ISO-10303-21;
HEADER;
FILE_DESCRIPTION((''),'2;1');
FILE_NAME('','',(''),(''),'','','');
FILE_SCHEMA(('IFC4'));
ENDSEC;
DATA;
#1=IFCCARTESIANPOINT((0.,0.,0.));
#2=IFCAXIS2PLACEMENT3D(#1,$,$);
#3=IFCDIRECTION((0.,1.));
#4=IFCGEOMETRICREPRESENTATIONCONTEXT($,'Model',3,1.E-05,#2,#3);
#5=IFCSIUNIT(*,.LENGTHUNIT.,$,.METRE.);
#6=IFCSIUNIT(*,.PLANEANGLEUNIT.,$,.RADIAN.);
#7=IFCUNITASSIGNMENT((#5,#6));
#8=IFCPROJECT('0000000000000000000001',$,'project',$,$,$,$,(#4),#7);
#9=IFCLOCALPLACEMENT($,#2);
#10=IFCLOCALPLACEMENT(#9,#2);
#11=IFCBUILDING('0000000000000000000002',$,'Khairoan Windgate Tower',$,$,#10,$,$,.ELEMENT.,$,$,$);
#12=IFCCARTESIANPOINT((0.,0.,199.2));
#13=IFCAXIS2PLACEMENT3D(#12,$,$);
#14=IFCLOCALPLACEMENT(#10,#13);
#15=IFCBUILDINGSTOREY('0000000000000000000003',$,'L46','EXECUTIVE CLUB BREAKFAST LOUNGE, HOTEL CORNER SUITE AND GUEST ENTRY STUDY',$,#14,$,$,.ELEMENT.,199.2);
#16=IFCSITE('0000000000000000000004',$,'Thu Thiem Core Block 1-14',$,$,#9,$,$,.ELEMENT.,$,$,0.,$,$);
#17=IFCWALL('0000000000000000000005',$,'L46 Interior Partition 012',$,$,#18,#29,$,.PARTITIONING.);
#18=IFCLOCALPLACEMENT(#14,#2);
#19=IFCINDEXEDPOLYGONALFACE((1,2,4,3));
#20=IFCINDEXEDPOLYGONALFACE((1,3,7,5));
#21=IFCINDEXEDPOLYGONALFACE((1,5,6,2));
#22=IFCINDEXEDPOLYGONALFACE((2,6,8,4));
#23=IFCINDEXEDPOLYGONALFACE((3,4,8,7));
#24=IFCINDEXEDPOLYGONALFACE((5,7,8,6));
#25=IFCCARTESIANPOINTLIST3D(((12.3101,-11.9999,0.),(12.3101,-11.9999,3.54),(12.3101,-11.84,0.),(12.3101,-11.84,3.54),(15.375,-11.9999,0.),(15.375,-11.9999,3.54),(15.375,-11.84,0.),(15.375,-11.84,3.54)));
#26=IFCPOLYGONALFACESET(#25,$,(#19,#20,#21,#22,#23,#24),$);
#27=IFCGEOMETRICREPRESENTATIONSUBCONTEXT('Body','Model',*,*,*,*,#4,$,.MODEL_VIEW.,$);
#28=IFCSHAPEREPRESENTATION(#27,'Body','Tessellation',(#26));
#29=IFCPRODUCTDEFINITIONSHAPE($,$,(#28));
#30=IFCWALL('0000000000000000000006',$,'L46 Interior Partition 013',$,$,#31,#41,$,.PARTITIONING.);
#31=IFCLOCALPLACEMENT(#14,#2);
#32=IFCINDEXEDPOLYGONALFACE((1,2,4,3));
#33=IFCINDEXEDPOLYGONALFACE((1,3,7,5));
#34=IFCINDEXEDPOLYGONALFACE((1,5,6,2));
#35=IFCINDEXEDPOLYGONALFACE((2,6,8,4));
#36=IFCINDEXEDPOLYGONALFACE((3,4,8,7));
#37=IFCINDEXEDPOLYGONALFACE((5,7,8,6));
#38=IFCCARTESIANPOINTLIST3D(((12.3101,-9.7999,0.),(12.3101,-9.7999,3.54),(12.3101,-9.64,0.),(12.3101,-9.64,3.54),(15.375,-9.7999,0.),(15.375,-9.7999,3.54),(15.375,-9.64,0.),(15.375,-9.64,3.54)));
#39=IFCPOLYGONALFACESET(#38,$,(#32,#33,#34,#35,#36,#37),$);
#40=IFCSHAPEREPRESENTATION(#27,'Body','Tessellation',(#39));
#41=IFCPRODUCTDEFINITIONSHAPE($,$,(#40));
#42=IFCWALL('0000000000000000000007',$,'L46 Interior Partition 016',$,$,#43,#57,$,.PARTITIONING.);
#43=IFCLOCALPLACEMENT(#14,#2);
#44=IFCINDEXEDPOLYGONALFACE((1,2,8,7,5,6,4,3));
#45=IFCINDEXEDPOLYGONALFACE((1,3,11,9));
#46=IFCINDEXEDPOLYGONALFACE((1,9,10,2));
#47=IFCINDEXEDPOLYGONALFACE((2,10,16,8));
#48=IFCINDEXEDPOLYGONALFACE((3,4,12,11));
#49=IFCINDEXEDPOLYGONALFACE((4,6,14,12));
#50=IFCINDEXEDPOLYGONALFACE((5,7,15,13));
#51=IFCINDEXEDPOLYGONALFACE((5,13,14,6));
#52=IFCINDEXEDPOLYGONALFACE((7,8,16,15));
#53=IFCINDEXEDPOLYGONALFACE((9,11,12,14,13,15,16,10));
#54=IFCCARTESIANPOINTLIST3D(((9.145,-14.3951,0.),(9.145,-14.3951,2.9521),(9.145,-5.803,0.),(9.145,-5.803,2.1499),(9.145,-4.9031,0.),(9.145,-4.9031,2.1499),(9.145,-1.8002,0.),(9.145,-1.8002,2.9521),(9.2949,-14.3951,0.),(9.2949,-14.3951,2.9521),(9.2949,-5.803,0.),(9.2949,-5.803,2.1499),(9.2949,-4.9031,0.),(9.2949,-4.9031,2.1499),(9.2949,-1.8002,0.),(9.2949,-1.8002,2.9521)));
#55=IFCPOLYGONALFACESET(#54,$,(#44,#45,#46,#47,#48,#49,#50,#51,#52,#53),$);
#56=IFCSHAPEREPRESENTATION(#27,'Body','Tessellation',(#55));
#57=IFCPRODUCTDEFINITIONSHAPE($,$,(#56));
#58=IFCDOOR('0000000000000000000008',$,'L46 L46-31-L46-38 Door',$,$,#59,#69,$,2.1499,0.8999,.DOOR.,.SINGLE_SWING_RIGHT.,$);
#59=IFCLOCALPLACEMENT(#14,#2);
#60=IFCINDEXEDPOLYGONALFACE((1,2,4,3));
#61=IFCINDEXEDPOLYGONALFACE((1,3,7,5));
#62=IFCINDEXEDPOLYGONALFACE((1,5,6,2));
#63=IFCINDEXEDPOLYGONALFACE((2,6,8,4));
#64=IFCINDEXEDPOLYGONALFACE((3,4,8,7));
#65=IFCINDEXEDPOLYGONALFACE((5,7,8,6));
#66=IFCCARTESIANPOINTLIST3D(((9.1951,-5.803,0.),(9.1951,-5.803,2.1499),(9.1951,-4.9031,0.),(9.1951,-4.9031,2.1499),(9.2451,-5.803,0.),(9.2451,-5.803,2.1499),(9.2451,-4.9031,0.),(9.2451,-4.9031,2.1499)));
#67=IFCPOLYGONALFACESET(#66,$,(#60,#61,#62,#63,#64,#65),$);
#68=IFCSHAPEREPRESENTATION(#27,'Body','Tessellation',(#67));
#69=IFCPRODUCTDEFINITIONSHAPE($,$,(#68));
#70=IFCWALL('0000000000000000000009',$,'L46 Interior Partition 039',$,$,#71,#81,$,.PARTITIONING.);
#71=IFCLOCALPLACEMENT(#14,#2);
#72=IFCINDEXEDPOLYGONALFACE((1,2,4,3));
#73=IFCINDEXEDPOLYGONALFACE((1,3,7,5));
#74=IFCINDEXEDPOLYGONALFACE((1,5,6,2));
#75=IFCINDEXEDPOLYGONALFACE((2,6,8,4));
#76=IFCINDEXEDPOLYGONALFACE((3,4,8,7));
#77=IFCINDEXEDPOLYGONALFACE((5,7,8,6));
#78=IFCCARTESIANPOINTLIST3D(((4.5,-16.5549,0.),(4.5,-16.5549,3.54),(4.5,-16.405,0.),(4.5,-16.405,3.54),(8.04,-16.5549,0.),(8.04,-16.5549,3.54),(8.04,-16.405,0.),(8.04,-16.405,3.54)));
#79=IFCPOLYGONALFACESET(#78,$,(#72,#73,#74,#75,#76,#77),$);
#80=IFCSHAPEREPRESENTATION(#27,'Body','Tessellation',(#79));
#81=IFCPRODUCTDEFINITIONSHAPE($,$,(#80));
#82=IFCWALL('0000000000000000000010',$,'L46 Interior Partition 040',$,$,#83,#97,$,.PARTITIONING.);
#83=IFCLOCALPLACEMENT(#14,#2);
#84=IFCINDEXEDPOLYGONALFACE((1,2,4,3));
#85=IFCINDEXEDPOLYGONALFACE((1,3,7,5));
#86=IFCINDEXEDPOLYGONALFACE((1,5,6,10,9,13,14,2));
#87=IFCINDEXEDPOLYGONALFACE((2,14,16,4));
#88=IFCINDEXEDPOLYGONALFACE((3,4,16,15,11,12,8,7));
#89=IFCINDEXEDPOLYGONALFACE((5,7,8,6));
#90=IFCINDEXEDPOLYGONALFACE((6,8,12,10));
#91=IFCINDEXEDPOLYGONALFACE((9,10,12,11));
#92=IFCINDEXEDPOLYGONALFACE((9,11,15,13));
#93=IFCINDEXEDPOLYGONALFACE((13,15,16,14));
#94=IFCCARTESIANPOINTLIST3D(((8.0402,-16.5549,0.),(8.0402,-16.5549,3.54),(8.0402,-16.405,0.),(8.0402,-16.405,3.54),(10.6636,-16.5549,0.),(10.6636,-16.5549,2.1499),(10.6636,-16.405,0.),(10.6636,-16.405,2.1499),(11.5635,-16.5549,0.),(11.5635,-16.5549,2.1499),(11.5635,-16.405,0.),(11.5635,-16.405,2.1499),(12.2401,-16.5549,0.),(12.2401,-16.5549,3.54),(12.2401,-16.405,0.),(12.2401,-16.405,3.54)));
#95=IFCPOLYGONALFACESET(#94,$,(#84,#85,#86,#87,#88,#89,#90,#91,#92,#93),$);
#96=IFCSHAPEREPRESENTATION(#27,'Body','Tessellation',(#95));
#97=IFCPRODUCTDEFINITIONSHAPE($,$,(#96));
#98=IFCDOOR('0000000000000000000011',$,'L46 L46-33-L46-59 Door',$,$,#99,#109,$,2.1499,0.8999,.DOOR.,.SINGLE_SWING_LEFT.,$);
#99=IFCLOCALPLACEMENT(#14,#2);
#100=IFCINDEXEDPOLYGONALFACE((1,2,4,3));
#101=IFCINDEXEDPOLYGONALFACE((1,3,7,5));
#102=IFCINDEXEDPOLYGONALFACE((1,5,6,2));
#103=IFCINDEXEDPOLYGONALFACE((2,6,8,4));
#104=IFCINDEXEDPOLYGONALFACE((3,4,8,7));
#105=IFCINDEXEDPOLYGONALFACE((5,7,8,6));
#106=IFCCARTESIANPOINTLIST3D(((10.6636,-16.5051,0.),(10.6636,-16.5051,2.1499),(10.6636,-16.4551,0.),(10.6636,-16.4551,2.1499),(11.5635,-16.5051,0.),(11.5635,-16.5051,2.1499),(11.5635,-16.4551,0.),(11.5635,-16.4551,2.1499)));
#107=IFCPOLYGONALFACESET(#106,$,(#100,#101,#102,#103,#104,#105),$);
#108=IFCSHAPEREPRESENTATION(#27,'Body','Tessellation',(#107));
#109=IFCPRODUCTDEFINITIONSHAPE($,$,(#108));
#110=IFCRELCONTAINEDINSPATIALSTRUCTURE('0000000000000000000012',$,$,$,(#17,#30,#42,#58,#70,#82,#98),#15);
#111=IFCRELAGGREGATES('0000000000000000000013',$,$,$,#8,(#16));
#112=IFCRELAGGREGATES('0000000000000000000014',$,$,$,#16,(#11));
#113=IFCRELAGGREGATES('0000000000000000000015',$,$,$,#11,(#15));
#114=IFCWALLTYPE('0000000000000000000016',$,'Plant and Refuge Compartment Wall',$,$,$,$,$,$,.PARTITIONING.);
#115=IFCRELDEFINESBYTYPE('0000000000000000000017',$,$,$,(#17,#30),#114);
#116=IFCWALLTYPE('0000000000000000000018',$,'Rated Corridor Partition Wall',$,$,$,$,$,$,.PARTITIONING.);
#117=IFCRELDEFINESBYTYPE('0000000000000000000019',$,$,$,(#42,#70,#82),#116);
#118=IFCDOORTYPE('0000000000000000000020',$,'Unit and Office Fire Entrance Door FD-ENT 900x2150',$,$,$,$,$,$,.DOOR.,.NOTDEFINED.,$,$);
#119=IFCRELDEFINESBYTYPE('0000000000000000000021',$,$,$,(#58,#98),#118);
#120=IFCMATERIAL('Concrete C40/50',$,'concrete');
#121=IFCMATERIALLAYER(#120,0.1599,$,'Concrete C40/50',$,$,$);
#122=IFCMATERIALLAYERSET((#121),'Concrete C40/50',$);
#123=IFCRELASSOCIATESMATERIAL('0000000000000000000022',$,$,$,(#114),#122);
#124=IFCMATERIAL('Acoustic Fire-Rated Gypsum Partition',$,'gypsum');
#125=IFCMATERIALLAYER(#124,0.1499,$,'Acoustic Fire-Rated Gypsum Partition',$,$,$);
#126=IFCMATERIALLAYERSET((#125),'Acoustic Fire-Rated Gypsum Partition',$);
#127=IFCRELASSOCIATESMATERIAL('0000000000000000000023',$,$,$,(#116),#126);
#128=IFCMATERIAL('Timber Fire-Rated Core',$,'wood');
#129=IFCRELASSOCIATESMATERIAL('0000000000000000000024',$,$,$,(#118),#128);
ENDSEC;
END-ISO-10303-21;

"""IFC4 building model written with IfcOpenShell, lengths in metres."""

from ifc_helpers import new_model, si_unit, direction, frame, frame_2d, origin, place, context, subcontext, project, spatial, rectangle, extrude, material, layer, layer_set, type_object, element, fill, save


model = new_model("IFC4")

# Units and contexts
model_context = context("Model", 3, precision=1e-05, world=origin(), true_north=direction((0.0, 1.0)))
body_context = subcontext(model_context, "Body", "Model", "MODEL_VIEW")
ifc_project = project(units=[si_unit("LENGTHUNIT", "METRE"), si_unit("PLANEANGLEUNIT", "RADIAN")], contexts=[model_context])

# Site, building, storey
site_placement = place(None, origin())
site = spatial("IfcSite", under=ifc_project, at=site_placement, Name="Thu Thiem Core Block 1-14", CompositionType="ELEMENT", RefElevation=0.0)
building_placement = place(site_placement, origin())
building = spatial("IfcBuilding", under=site, at=building_placement, Name="Khairoan Windgate Tower", CompositionType="ELEMENT")
storey_placement = place(building_placement, frame((0.0, 0.0, 199.2)))
storey = spatial("IfcBuildingStorey", under=building, at=storey_placement, Name="L46", Description="EXECUTIVE CLUB BREAKFAST LOUNGE, HOTEL CORNER SUITE AND GUEST ENTRY STUDY", CompositionType="ELEMENT", Elevation=199.2)

# Walls
ifc_material_1 = material(Name="Concrete C40/50", Category="concrete")
ifc_layer_1 = layer(ifc_material_1, 0.1599, Name="Concrete C40/50")
ifc_layer_set_1 = layer_set([ifc_layer_1], Name="Concrete C40/50")
wall_type_1 = type_object("IfcWallType", Name="Plant and Refuge Compartment Wall", PredefinedType="PARTITIONING", material=ifc_layer_set_1)
for number, where, z_axis, x_axis, name in (
    (1, (12.3101, -11.9199, 0.0), (0.0, 0.0, 1.0), (1.0, 0.0, 0.0), "L46 Interior Partition 012"),
    (2, (12.3101, -9.72, 0.0), (0.0, 0.0, 1.0), (1.0, 0.0, 0.0), "L46 Interior Partition 013"),
):
    element("IfcWall", number, at=place(storey_placement, frame(where, z_axis=z_axis, x_axis=x_axis)), inside=storey, type_object=wall_type_1, Name=name, PredefinedType="PARTITIONING", context=body_context, shape_type="SweptSolid", body=[
        extrude(rectangle(XDim=3.0649, YDim=0.1599, at=frame_2d((1.5325, 0.0))), origin(), (0.0, 0.0, 1.0), 3.54),
    ])

# Wall, opening, door
ifc_material_2 = material(Name="Acoustic Fire-Rated Gypsum Partition", Category="gypsum")
ifc_layer_2 = layer(ifc_material_2, 0.1499, Name="Acoustic Fire-Rated Gypsum Partition")
ifc_layer_set_2 = layer_set([ifc_layer_2], Name="Acoustic Fire-Rated Gypsum Partition")
wall_type_2 = type_object("IfcWallType", Name="Rated Corridor Partition Wall", PredefinedType="PARTITIONING", material=ifc_layer_set_2)
wall_1_placement = place(storey_placement, frame((9.22, -14.395, 0.0), z_axis=(0.0, 0.0, 1.0), x_axis=(0.0, 1.0, 0.0)))
wall_1 = element("IfcWall", 3, at=wall_1_placement, inside=storey, type_object=wall_type_2, Name="L46 Interior Partition 016", PredefinedType="PARTITIONING", context=body_context, shape_type="SweptSolid", body=[
    extrude(rectangle(XDim=12.595, YDim=0.1499, at=frame_2d((6.2974, 0.0))), origin(), (0.0, 0.0, 1.0), 2.9521),
])
opening_1_placement = place(wall_1_placement, frame((8.592, 0.0, 0.0)))
opening_1 = element("IfcOpeningElement", 4, at=opening_1_placement, cuts=wall_1, PredefinedType="OPENING", context=body_context, shape_type="SweptSolid", body=[
    extrude(rectangle(XDim=0.8999, YDim=2.1499, at=frame_2d((0.45, 1.075))), frame((0.0, 0.085, 0.0), z_axis=(0.0, -1.0, 0.0), x_axis=(1.0, 0.0, 0.0)), (0.0, 0.0, 1.0), 0.1699),
])
ifc_material_3 = material(Name="Timber Fire-Rated Core", Category="wood")
door_type = type_object("IfcDoorType", Name="Unit and Office Fire Entrance Door FD-ENT 900x2150", OperationType="NOTDEFINED", PredefinedType="DOOR", material=ifc_material_3)
door_1_placement = place(opening_1_placement, origin())
door_1 = element("IfcDoor", 5, at=door_1_placement, inside=storey, type_object=door_type, Name="L46 L46-31-L46-38 Door", OperationType="SINGLE_SWING_RIGHT", OverallHeight=2.1499, OverallWidth=0.8999, PredefinedType="DOOR", context=body_context, shape_type="SweptSolid", body=[
    extrude(rectangle(XDim=0.8999, YDim=2.1499, at=frame_2d((0.45, 1.075))), frame((0.0, 0.0249, 0.0), z_axis=(0.0, -1.0, 0.0), x_axis=(1.0, 0.0, 0.0)), (0.0, 0.0, 1.0), 0.05),
])
fill(opening_1, door_1)

# Wall
wall_2_placement = place(storey_placement, frame((4.5, -16.48, 0.0), z_axis=(0.0, 0.0, 1.0), x_axis=(1.0, 0.0, 0.0)))
element("IfcWall", 6, at=wall_2_placement, inside=storey, type_object=wall_type_2, Name="L46 Interior Partition 039", PredefinedType="PARTITIONING", context=body_context, shape_type="SweptSolid", body=[
    extrude(rectangle(XDim=3.54, YDim=0.1499, at=frame_2d((1.77, 0.0))), origin(), (0.0, 0.0, 1.0), 3.54),
])

# Wall, opening, door
wall_3_placement = place(storey_placement, frame((8.04, -16.48, 0.0), z_axis=(0.0, 0.0, 1.0), x_axis=(1.0, 0.0, 0.0)))
wall_3 = element("IfcWall", 7, at=wall_3_placement, inside=storey, type_object=wall_type_2, Name="L46 Interior Partition 040", PredefinedType="PARTITIONING", context=body_context, shape_type="SweptSolid", body=[
    extrude(rectangle(XDim=4.2, YDim=0.1499, at=frame_2d((2.1001, 0.0))), origin(), (0.0, 0.0, 1.0), 3.54),
])
opening_2_placement = place(wall_3_placement, frame((2.6235, 0.0, 0.0)))
opening_2 = element("IfcOpeningElement", 8, at=opening_2_placement, cuts=wall_3, PredefinedType="OPENING", context=body_context, shape_type="SweptSolid", body=[
    extrude(rectangle(XDim=0.8999, YDim=2.1499, at=frame_2d((0.45, 1.075))), frame((0.0, 0.085, 0.0), z_axis=(0.0, -1.0, 0.0), x_axis=(1.0, 0.0, 0.0)), (0.0, 0.0, 1.0), 0.1699),
])
door_2_placement = place(opening_2_placement, origin())
door_2 = element("IfcDoor", 9, at=door_2_placement, inside=storey, type_object=door_type, Name="L46 L46-33-L46-59 Door", OperationType="SINGLE_SWING_LEFT", OverallHeight=2.1499, OverallWidth=0.8999, PredefinedType="DOOR", context=body_context, shape_type="SweptSolid", body=[
    extrude(rectangle(XDim=0.8999, YDim=2.1499, at=frame_2d((0.45, 1.075))), frame((0.0, 0.0249, 0.0), z_axis=(0.0, -1.0, 0.0), x_axis=(1.0, 0.0, 0.0)), (0.0, 0.0, 1.0), 0.05),
])
fill(opening_2, door_2)

save(model, "model.ifc")
